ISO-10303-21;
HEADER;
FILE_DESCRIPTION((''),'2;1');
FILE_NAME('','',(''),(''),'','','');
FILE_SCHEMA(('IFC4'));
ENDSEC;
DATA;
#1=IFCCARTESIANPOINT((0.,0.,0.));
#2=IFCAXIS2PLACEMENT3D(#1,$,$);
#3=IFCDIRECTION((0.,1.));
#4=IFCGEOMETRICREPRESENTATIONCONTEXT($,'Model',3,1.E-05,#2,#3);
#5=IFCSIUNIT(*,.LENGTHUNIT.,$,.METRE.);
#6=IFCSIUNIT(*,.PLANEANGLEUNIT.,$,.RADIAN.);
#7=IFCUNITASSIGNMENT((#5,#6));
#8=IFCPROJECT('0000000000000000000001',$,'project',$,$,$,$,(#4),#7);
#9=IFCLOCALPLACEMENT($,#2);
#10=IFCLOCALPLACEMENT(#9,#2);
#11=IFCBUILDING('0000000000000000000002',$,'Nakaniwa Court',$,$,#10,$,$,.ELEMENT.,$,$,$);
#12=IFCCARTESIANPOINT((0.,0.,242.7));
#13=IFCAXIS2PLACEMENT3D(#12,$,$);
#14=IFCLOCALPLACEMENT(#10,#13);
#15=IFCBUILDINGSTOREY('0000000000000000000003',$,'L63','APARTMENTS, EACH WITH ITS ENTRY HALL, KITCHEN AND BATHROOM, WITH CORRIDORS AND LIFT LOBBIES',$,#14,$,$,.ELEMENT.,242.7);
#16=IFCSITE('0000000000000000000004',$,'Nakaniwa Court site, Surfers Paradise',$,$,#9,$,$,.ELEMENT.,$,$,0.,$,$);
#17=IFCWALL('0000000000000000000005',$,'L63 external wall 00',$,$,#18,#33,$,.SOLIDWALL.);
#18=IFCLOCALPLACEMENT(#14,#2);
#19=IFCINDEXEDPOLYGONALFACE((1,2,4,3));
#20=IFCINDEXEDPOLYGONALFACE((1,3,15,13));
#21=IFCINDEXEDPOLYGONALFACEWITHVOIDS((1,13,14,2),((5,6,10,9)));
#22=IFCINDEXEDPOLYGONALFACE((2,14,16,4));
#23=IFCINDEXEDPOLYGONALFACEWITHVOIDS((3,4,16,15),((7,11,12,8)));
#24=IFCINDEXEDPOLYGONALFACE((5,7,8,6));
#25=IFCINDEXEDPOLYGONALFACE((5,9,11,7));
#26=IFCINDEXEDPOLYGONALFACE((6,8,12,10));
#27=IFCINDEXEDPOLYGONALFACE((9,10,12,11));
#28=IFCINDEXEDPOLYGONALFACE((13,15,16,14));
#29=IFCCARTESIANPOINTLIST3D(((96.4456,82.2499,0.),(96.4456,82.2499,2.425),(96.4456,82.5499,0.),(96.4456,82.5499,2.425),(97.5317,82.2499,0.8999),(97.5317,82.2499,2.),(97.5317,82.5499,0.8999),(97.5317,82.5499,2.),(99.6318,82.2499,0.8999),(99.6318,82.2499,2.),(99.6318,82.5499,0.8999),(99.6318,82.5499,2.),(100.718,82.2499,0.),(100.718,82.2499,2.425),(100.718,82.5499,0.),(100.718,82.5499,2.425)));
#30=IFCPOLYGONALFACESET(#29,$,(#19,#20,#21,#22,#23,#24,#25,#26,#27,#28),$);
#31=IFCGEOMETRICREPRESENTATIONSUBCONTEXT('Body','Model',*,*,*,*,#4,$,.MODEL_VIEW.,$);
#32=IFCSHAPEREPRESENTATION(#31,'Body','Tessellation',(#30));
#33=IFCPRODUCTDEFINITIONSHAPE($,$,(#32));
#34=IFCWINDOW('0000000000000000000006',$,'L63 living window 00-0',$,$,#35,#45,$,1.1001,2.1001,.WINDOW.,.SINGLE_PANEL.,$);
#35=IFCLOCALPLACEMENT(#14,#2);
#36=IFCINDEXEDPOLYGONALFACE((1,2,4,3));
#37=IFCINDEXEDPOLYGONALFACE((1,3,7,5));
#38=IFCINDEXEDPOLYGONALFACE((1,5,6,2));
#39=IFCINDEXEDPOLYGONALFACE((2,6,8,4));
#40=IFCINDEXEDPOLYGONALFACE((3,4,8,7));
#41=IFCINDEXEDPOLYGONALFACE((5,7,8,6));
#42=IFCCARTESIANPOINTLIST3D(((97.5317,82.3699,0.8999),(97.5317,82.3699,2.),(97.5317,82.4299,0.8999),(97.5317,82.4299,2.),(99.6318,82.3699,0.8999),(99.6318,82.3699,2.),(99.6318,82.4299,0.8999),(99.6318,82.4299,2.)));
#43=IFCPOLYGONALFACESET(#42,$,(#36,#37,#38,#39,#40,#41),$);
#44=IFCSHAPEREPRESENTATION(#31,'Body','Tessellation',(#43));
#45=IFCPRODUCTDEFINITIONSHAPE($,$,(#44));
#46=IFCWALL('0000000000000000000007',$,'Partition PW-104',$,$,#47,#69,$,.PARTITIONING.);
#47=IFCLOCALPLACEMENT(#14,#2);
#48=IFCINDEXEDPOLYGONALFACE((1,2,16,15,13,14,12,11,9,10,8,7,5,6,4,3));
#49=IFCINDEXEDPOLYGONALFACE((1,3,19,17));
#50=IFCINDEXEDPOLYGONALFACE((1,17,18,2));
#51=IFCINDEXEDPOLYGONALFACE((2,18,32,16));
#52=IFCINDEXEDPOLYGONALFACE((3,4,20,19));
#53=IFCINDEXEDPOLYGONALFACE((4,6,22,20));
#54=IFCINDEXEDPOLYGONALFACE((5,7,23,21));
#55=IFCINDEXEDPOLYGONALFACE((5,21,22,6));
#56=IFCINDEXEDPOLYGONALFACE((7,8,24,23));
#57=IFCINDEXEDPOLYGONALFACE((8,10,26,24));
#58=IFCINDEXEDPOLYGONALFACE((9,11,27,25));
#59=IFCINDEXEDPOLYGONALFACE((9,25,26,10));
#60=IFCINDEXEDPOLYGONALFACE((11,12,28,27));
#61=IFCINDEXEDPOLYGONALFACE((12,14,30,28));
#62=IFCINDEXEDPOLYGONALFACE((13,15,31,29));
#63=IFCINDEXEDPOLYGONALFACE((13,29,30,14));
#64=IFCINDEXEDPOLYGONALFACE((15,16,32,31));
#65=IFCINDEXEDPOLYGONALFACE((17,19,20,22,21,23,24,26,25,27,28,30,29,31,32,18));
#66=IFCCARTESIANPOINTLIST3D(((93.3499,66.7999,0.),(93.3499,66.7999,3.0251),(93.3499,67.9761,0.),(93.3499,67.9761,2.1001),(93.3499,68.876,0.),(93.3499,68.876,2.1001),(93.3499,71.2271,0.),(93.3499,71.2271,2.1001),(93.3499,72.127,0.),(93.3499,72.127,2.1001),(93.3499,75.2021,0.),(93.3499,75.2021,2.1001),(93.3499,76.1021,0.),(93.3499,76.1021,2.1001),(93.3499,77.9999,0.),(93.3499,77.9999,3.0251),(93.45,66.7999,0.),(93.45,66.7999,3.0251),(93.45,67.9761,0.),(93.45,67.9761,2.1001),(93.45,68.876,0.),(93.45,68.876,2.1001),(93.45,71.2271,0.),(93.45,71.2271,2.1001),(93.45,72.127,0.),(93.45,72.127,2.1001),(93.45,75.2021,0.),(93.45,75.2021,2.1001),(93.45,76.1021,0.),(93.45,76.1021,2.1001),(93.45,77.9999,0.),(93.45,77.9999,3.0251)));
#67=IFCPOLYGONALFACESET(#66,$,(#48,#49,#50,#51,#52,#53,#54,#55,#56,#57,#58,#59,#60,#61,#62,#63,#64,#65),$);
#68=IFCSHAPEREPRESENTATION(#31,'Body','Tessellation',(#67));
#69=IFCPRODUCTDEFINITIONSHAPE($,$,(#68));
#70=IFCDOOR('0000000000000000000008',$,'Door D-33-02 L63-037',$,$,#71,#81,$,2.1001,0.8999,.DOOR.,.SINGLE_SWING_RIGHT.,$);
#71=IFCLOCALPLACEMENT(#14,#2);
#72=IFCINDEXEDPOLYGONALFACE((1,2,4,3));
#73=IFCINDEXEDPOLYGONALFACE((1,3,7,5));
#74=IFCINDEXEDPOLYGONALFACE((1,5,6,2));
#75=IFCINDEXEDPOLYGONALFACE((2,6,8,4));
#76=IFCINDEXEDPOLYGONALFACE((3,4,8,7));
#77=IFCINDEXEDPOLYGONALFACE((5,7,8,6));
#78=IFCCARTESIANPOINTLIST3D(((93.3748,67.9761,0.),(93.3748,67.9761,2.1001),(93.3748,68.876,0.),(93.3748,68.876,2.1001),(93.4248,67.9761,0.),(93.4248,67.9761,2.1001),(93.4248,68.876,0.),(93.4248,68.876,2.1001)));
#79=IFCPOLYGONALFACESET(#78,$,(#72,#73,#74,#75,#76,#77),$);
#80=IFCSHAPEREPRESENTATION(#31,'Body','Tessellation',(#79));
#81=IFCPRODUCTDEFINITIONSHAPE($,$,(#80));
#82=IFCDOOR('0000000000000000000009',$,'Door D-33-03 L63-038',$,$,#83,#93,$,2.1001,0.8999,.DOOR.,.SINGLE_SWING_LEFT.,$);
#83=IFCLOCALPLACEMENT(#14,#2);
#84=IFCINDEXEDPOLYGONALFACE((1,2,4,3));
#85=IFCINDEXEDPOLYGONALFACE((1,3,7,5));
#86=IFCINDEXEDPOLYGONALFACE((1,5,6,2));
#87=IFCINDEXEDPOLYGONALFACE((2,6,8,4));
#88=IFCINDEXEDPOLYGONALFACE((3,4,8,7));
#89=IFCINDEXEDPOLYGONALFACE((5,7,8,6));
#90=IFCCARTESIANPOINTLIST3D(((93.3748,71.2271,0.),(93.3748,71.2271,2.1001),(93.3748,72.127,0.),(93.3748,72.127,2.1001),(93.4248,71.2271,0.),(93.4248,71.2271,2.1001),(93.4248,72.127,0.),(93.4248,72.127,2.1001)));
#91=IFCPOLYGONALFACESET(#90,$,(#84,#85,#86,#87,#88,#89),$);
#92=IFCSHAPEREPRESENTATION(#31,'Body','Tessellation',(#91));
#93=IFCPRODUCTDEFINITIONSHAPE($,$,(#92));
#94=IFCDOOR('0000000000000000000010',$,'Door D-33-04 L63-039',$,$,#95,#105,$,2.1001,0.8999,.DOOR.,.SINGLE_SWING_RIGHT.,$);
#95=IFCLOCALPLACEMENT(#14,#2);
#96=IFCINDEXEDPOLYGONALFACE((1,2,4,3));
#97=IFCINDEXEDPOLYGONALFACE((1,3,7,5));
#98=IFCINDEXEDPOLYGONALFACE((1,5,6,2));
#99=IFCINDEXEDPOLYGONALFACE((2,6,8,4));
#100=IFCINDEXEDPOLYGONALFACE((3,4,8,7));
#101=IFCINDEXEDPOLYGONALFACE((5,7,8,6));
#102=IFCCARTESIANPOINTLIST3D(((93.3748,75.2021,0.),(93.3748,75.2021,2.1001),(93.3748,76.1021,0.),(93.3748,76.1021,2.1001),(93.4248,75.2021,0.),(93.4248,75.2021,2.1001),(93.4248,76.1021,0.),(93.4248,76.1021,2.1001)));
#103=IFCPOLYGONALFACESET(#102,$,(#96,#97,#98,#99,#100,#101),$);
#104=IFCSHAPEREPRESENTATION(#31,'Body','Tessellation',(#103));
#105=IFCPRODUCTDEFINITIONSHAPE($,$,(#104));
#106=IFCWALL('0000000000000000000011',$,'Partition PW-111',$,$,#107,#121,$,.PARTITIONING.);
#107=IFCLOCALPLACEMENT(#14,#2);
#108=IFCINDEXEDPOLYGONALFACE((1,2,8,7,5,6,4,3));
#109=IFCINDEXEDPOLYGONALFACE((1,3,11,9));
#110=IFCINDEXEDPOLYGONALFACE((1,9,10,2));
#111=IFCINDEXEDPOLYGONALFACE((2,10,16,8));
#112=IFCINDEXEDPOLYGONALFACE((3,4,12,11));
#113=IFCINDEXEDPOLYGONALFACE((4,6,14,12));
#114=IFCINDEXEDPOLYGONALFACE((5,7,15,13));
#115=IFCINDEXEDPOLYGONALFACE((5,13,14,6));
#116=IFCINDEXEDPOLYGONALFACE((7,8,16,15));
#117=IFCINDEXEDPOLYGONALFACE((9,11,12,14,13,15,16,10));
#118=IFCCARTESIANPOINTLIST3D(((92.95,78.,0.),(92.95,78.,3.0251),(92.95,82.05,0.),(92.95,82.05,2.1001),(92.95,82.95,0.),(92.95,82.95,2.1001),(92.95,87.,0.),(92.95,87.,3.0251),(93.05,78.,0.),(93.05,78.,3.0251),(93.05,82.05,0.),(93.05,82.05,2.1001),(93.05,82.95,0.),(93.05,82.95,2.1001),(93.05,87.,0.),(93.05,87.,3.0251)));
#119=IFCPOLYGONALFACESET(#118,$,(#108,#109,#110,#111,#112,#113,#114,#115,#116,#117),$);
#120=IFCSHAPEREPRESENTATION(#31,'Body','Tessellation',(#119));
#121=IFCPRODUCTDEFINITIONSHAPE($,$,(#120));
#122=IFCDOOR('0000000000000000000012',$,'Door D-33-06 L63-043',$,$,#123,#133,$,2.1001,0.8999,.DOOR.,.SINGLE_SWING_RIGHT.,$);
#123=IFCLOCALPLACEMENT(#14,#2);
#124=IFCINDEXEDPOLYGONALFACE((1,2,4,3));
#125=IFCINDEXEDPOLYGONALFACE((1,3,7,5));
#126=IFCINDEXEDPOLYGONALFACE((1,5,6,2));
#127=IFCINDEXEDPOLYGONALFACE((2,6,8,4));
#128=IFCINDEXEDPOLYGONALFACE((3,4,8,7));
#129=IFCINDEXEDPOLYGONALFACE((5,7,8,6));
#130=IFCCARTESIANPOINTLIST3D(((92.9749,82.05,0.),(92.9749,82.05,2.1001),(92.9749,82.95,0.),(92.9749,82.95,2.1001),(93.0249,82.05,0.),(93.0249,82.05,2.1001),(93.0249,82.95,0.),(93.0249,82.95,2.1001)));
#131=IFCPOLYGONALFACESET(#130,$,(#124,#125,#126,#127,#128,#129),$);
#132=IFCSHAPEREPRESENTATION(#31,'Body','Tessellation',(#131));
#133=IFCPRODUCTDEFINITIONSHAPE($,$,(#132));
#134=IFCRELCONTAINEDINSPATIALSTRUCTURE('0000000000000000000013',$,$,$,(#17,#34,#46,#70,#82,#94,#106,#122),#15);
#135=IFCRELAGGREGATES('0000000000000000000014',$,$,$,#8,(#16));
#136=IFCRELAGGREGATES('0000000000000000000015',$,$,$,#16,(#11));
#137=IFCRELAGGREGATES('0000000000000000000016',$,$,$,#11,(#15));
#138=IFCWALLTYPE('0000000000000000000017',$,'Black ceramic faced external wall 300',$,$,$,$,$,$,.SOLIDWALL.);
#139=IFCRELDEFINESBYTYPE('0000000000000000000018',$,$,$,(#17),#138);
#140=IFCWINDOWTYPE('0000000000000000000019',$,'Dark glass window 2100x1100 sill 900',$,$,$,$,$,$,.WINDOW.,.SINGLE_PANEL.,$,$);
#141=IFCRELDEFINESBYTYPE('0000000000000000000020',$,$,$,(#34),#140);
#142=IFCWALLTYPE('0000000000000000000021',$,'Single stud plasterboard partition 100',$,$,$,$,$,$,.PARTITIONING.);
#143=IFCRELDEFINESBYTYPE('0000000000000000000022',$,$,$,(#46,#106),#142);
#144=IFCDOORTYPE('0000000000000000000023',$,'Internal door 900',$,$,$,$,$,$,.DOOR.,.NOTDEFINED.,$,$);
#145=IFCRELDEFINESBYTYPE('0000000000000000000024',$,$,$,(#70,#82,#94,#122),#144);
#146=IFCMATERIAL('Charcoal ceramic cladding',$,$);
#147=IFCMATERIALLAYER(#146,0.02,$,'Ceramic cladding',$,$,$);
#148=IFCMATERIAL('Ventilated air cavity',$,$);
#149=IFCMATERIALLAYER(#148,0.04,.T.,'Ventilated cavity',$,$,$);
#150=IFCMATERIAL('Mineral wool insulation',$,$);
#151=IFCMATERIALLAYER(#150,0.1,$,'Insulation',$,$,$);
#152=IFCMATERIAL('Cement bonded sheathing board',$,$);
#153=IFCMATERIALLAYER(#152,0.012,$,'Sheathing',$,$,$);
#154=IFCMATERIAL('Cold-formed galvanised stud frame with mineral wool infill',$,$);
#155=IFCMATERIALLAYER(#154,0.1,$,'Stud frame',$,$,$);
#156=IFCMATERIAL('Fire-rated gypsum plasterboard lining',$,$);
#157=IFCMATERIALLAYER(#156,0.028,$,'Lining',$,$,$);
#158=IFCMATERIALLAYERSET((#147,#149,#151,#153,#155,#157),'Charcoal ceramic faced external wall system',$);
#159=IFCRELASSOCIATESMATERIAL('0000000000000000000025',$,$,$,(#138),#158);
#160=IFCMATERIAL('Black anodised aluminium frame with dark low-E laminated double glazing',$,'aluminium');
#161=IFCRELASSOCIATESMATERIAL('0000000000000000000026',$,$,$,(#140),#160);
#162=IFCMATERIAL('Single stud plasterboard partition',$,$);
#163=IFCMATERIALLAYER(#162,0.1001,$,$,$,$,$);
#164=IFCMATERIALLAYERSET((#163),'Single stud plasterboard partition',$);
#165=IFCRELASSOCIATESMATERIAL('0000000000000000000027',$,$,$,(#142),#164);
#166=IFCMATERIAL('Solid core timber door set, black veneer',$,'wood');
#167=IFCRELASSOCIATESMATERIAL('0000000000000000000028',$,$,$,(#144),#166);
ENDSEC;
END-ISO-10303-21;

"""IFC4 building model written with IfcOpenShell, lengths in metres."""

from ifc_helpers import new_model, si_unit, direction, frame, frame_2d, origin, place, context, subcontext, project, spatial, rectangle, extrude, material, layer, layer_set, type_object, element, fill, save


model = new_model("IFC4")

# Units and contexts
model_context = context("Model", 3, precision=1e-05, world=origin(), true_north=direction((0.0, 1.0)))
body_context = subcontext(model_context, "Body", "Model", "MODEL_VIEW")
ifc_project = project(units=[si_unit("LENGTHUNIT", "METRE"), si_unit("PLANEANGLEUNIT", "RADIAN")], contexts=[model_context])

# Site, building, storey
site_placement = place(None, origin())
site = spatial("IfcSite", under=ifc_project, at=site_placement, Name="Nakaniwa Court site, Surfers Paradise", CompositionType="ELEMENT", RefElevation=0.0)
building_placement = place(site_placement, origin())
building = spatial("IfcBuilding", under=site, at=building_placement, Name="Nakaniwa Court", CompositionType="ELEMENT")
storey_placement = place(building_placement, frame((0.0, 0.0, 242.7)))
storey = spatial("IfcBuildingStorey", under=building, at=storey_placement, Name="L63", Description="APARTMENTS, EACH WITH ITS ENTRY HALL, KITCHEN AND BATHROOM, WITH CORRIDORS AND LIFT LOBBIES", CompositionType="ELEMENT", Elevation=242.7)

# Shared definitions
ifc_material_1 = material(Name="Solid core timber door set, black veneer", Category="wood")

# Wall, opening, window
ifc_material_2 = material(Name="Charcoal ceramic cladding")
ifc_layer_1 = layer(ifc_material_2, 0.02, Name="Ceramic cladding")
ifc_material_3 = material(Name="Ventilated air cavity")
ifc_layer_2 = layer(ifc_material_3, 0.04, ventilated=True, Name="Ventilated cavity")
ifc_material_4 = material(Name="Mineral wool insulation")
ifc_layer_3 = layer(ifc_material_4, 0.1, Name="Insulation")
ifc_material_5 = material(Name="Cement bonded sheathing board")
ifc_layer_4 = layer(ifc_material_5, 0.012, Name="Sheathing")
ifc_material_6 = material(Name="Cold-formed galvanised stud frame with mineral wool infill")
ifc_layer_5 = layer(ifc_material_6, 0.1, Name="Stud frame")
ifc_material_7 = material(Name="Fire-rated gypsum plasterboard lining")
ifc_layer_6 = layer(ifc_material_7, 0.028, Name="Lining")
ifc_layer_set_1 = layer_set([ifc_layer_1, ifc_layer_2, ifc_layer_3, ifc_layer_4, ifc_layer_5, ifc_layer_6], Name="Charcoal ceramic faced external wall system")
wall_type_1 = type_object("IfcWallType", Name="Black ceramic faced external wall 300", PredefinedType="SOLIDWALL", material=ifc_layer_set_1)
wall_1_placement = place(storey_placement, frame((96.4456, 82.3999, 0.0), z_axis=(0.0, 0.0, 1.0), x_axis=(1.0, 0.0, 0.0)))
wall_1 = element("IfcWall", 1, at=wall_1_placement, inside=storey, type_object=wall_type_1, Name="L63 external wall 00", PredefinedType="SOLIDWALL", context=body_context, shape_type="SweptSolid", body=[
    extrude(rectangle(XDim=4.2725, YDim=0.3, at=frame_2d((2.1362, 0.0))), origin(), (0.0, 0.0, 1.0), 2.425),
])
opening_1_placement = place(wall_1_placement, frame((1.0862, 0.0, 0.8999)))
opening_1 = element("IfcOpeningElement", 2, at=opening_1_placement, cuts=wall_1, PredefinedType="OPENING", context=body_context, shape_type="SweptSolid", body=[
    extrude(rectangle(XDim=2.1001, YDim=1.1001, at=frame_2d((1.05, 0.55))), frame((0.0, 0.1599, 0.0), z_axis=(0.0, -1.0, 0.0), x_axis=(1.0, 0.0, 0.0)), (0.0, 0.0, 1.0), 0.3201),
])
ifc_material_8 = material(Name="Black anodised aluminium frame with dark low-E laminated double glazing", Category="aluminium")
window_type = type_object("IfcWindowType", Name="Dark glass window 2100x1100 sill 900", PartitioningType="SINGLE_PANEL", PredefinedType="WINDOW", material=ifc_material_8)
window_placement = place(opening_1_placement, origin())
window = element("IfcWindow", 3, at=window_placement, inside=storey, type_object=window_type, Name="L63 living window 00-0", OverallHeight=1.1001, OverallWidth=2.1001, PartitioningType="SINGLE_PANEL", PredefinedType="WINDOW", context=body_context, shape_type="SweptSolid", body=[
    extrude(rectangle(XDim=2.1001, YDim=1.1001, at=frame_2d((1.05, 0.55))), frame((0.0, 0.03, 0.0), z_axis=(0.0, -1.0, 0.0), x_axis=(1.0, 0.0, 0.0)), (0.0, 0.0, 1.0), 0.0601),
])
fill(opening_1, window)

# Wall, openings, doors
ifc_material_9 = material(Name="Single stud plasterboard partition")
ifc_layer_7 = layer(ifc_material_9, 0.1001)
ifc_layer_set_2 = layer_set([ifc_layer_7], Name="Single stud plasterboard partition")
wall_type_2 = type_object("IfcWallType", Name="Single stud plasterboard partition 100", PredefinedType="PARTITIONING", material=ifc_layer_set_2)
wall_2_placement = place(storey_placement, frame((93.3999, 78.0, 0.0), z_axis=(0.0, 0.0, 1.0), x_axis=(0.0, -1.0, 0.0)))
wall_2 = element("IfcWall", 4, at=wall_2_placement, inside=storey, type_object=wall_type_2, Name="Partition PW-104", PredefinedType="PARTITIONING", context=body_context, shape_type="SweptSolid", body=[
    extrude(rectangle(XDim=11.2, YDim=0.1001, at=frame_2d((5.6001, 0.0))), origin(), (0.0, 0.0, 1.0), 3.0251),
])
opening_2_placement = place(wall_2_placement, frame((9.124, 0.0, 0.0)))
opening_2 = element("IfcOpeningElement", 5, at=opening_2_placement, cuts=wall_2, PredefinedType="OPENING", context=body_context, shape_type="SweptSolid", body=[
    extrude(rectangle(XDim=0.8999, YDim=2.1001, at=frame_2d((0.45, 1.05))), frame((0.0, 0.0601, 0.0), z_axis=(0.0, -1.0, 0.0), x_axis=(1.0, 0.0, 0.0)), (0.0, 0.0, 1.0), 0.1201),
])
opening_3_placement = place(wall_2_placement, frame((5.873, 0.0, 0.0)))
opening_3 = element("IfcOpeningElement", 6, at=opening_3_placement, cuts=wall_2, PredefinedType="OPENING", context=body_context, shape_type="SweptSolid", body=[
    extrude(rectangle(XDim=0.8999, YDim=2.1001, at=frame_2d((0.45, 1.05))), frame((0.0, 0.0601, 0.0), z_axis=(0.0, -1.0, 0.0), x_axis=(1.0, 0.0, 0.0)), (0.0, 0.0, 1.0), 0.1201),
])
opening_4_placement = place(wall_2_placement, frame((1.8979, 0.0, 0.0)))
opening_4 = element("IfcOpeningElement", 7, at=opening_4_placement, cuts=wall_2, PredefinedType="OPENING", context=body_context, shape_type="SweptSolid", body=[
    extrude(rectangle(XDim=0.8999, YDim=2.1001, at=frame_2d((0.45, 1.05))), frame((0.0, 0.0601, 0.0), z_axis=(0.0, -1.0, 0.0), x_axis=(1.0, 0.0, 0.0)), (0.0, 0.0, 1.0), 0.1201),
])
door_type_1 = type_object("IfcDoorType", Name="Internal door 900", OperationType="NOTDEFINED", PredefinedType="DOOR", material=ifc_material_1)
door_1_placement = place(opening_2_placement, origin())
door_1 = element("IfcDoor", 8, at=door_1_placement, inside=storey, type_object=door_type_1, Name="Door D-33-02 L63-037", OperationType="SINGLE_SWING_RIGHT", OverallHeight=2.1001, OverallWidth=0.8999, PredefinedType="DOOR", context=body_context, shape_type="SweptSolid", body=[
    extrude(rectangle(XDim=0.8999, YDim=2.1001, at=frame_2d((0.45, 1.05))), frame((0.0, 0.0249, 0.0), z_axis=(0.0, -1.0, 0.0), x_axis=(1.0, 0.0, 0.0)), (0.0, 0.0, 1.0), 0.05),
])
fill(opening_2, door_1)
door_2_placement = place(opening_3_placement, origin())
door_2 = element("IfcDoor", 9, at=door_2_placement, inside=storey, type_object=door_type_1, Name="Door D-33-03 L63-038", OperationType="SINGLE_SWING_LEFT", OverallHeight=2.1001, OverallWidth=0.8999, PredefinedType="DOOR", context=body_context, shape_type="SweptSolid", body=[
    extrude(rectangle(XDim=0.8999, YDim=2.1001, at=frame_2d((0.45, 1.05))), frame((0.0, 0.0249, 0.0), z_axis=(0.0, -1.0, 0.0), x_axis=(1.0, 0.0, 0.0)), (0.0, 0.0, 1.0), 0.05),
])
fill(opening_3, door_2)
door_3_placement = place(opening_4_placement, origin())
door_3 = element("IfcDoor", 10, at=door_3_placement, inside=storey, type_object=door_type_1, Name="Door D-33-04 L63-039", OperationType="SINGLE_SWING_RIGHT", OverallHeight=2.1001, OverallWidth=0.8999, PredefinedType="DOOR", context=body_context, shape_type="SweptSolid", body=[
    extrude(rectangle(XDim=0.8999, YDim=2.1001, at=frame_2d((0.45, 1.05))), frame((0.0, 0.0249, 0.0), z_axis=(0.0, -1.0, 0.0), x_axis=(1.0, 0.0, 0.0)), (0.0, 0.0, 1.0), 0.05),
])
fill(opening_4, door_3)

# Wall, opening, door
wall_3_placement = place(storey_placement, frame((93.0, 87.0, 0.0), z_axis=(0.0, 0.0, 1.0), x_axis=(0.0, -1.0, 0.0)))
wall_3 = element("IfcWall", 11, at=wall_3_placement, inside=storey, type_object=wall_type_2, Name="Partition PW-111", PredefinedType="PARTITIONING", context=body_context, shape_type="SweptSolid", body=[
    extrude(rectangle(XDim=9.0, YDim=0.1001, at=frame_2d((4.5, 0.0))), origin(), (0.0, 0.0, 1.0), 3.0251),
])
opening_5_placement = place(wall_3_placement, frame((4.05, 0.0, 0.0)))
opening_5 = element("IfcOpeningElement", 12, at=opening_5_placement, cuts=wall_3, PredefinedType="OPENING", context=body_context, shape_type="SweptSolid", body=[
    extrude(rectangle(XDim=0.8999, YDim=2.1001, at=frame_2d((0.45, 1.05))), frame((0.0, 0.0601, 0.0), z_axis=(0.0, -1.0, 0.0), x_axis=(1.0, 0.0, 0.0)), (0.0, 0.0, 1.0), 0.1201),
])
door_4_placement = place(opening_5_placement, origin())
door_4 = element("IfcDoor", 13, at=door_4_placement, inside=storey, type_object=door_type_1, Name="Door D-33-06 L63-043", OperationType="SINGLE_SWING_RIGHT", OverallHeight=2.1001, OverallWidth=0.8999, PredefinedType="DOOR", context=body_context, shape_type="SweptSolid", body=[
    extrude(rectangle(XDim=0.8999, YDim=2.1001, at=frame_2d((0.45, 1.05))), frame((0.0, 0.0249, 0.0), z_axis=(0.0, -1.0, 0.0), x_axis=(1.0, 0.0, 0.0)), (0.0, 0.0, 1.0), 0.05),
])
fill(opening_5, door_4)

save(model, "model.ifc")
